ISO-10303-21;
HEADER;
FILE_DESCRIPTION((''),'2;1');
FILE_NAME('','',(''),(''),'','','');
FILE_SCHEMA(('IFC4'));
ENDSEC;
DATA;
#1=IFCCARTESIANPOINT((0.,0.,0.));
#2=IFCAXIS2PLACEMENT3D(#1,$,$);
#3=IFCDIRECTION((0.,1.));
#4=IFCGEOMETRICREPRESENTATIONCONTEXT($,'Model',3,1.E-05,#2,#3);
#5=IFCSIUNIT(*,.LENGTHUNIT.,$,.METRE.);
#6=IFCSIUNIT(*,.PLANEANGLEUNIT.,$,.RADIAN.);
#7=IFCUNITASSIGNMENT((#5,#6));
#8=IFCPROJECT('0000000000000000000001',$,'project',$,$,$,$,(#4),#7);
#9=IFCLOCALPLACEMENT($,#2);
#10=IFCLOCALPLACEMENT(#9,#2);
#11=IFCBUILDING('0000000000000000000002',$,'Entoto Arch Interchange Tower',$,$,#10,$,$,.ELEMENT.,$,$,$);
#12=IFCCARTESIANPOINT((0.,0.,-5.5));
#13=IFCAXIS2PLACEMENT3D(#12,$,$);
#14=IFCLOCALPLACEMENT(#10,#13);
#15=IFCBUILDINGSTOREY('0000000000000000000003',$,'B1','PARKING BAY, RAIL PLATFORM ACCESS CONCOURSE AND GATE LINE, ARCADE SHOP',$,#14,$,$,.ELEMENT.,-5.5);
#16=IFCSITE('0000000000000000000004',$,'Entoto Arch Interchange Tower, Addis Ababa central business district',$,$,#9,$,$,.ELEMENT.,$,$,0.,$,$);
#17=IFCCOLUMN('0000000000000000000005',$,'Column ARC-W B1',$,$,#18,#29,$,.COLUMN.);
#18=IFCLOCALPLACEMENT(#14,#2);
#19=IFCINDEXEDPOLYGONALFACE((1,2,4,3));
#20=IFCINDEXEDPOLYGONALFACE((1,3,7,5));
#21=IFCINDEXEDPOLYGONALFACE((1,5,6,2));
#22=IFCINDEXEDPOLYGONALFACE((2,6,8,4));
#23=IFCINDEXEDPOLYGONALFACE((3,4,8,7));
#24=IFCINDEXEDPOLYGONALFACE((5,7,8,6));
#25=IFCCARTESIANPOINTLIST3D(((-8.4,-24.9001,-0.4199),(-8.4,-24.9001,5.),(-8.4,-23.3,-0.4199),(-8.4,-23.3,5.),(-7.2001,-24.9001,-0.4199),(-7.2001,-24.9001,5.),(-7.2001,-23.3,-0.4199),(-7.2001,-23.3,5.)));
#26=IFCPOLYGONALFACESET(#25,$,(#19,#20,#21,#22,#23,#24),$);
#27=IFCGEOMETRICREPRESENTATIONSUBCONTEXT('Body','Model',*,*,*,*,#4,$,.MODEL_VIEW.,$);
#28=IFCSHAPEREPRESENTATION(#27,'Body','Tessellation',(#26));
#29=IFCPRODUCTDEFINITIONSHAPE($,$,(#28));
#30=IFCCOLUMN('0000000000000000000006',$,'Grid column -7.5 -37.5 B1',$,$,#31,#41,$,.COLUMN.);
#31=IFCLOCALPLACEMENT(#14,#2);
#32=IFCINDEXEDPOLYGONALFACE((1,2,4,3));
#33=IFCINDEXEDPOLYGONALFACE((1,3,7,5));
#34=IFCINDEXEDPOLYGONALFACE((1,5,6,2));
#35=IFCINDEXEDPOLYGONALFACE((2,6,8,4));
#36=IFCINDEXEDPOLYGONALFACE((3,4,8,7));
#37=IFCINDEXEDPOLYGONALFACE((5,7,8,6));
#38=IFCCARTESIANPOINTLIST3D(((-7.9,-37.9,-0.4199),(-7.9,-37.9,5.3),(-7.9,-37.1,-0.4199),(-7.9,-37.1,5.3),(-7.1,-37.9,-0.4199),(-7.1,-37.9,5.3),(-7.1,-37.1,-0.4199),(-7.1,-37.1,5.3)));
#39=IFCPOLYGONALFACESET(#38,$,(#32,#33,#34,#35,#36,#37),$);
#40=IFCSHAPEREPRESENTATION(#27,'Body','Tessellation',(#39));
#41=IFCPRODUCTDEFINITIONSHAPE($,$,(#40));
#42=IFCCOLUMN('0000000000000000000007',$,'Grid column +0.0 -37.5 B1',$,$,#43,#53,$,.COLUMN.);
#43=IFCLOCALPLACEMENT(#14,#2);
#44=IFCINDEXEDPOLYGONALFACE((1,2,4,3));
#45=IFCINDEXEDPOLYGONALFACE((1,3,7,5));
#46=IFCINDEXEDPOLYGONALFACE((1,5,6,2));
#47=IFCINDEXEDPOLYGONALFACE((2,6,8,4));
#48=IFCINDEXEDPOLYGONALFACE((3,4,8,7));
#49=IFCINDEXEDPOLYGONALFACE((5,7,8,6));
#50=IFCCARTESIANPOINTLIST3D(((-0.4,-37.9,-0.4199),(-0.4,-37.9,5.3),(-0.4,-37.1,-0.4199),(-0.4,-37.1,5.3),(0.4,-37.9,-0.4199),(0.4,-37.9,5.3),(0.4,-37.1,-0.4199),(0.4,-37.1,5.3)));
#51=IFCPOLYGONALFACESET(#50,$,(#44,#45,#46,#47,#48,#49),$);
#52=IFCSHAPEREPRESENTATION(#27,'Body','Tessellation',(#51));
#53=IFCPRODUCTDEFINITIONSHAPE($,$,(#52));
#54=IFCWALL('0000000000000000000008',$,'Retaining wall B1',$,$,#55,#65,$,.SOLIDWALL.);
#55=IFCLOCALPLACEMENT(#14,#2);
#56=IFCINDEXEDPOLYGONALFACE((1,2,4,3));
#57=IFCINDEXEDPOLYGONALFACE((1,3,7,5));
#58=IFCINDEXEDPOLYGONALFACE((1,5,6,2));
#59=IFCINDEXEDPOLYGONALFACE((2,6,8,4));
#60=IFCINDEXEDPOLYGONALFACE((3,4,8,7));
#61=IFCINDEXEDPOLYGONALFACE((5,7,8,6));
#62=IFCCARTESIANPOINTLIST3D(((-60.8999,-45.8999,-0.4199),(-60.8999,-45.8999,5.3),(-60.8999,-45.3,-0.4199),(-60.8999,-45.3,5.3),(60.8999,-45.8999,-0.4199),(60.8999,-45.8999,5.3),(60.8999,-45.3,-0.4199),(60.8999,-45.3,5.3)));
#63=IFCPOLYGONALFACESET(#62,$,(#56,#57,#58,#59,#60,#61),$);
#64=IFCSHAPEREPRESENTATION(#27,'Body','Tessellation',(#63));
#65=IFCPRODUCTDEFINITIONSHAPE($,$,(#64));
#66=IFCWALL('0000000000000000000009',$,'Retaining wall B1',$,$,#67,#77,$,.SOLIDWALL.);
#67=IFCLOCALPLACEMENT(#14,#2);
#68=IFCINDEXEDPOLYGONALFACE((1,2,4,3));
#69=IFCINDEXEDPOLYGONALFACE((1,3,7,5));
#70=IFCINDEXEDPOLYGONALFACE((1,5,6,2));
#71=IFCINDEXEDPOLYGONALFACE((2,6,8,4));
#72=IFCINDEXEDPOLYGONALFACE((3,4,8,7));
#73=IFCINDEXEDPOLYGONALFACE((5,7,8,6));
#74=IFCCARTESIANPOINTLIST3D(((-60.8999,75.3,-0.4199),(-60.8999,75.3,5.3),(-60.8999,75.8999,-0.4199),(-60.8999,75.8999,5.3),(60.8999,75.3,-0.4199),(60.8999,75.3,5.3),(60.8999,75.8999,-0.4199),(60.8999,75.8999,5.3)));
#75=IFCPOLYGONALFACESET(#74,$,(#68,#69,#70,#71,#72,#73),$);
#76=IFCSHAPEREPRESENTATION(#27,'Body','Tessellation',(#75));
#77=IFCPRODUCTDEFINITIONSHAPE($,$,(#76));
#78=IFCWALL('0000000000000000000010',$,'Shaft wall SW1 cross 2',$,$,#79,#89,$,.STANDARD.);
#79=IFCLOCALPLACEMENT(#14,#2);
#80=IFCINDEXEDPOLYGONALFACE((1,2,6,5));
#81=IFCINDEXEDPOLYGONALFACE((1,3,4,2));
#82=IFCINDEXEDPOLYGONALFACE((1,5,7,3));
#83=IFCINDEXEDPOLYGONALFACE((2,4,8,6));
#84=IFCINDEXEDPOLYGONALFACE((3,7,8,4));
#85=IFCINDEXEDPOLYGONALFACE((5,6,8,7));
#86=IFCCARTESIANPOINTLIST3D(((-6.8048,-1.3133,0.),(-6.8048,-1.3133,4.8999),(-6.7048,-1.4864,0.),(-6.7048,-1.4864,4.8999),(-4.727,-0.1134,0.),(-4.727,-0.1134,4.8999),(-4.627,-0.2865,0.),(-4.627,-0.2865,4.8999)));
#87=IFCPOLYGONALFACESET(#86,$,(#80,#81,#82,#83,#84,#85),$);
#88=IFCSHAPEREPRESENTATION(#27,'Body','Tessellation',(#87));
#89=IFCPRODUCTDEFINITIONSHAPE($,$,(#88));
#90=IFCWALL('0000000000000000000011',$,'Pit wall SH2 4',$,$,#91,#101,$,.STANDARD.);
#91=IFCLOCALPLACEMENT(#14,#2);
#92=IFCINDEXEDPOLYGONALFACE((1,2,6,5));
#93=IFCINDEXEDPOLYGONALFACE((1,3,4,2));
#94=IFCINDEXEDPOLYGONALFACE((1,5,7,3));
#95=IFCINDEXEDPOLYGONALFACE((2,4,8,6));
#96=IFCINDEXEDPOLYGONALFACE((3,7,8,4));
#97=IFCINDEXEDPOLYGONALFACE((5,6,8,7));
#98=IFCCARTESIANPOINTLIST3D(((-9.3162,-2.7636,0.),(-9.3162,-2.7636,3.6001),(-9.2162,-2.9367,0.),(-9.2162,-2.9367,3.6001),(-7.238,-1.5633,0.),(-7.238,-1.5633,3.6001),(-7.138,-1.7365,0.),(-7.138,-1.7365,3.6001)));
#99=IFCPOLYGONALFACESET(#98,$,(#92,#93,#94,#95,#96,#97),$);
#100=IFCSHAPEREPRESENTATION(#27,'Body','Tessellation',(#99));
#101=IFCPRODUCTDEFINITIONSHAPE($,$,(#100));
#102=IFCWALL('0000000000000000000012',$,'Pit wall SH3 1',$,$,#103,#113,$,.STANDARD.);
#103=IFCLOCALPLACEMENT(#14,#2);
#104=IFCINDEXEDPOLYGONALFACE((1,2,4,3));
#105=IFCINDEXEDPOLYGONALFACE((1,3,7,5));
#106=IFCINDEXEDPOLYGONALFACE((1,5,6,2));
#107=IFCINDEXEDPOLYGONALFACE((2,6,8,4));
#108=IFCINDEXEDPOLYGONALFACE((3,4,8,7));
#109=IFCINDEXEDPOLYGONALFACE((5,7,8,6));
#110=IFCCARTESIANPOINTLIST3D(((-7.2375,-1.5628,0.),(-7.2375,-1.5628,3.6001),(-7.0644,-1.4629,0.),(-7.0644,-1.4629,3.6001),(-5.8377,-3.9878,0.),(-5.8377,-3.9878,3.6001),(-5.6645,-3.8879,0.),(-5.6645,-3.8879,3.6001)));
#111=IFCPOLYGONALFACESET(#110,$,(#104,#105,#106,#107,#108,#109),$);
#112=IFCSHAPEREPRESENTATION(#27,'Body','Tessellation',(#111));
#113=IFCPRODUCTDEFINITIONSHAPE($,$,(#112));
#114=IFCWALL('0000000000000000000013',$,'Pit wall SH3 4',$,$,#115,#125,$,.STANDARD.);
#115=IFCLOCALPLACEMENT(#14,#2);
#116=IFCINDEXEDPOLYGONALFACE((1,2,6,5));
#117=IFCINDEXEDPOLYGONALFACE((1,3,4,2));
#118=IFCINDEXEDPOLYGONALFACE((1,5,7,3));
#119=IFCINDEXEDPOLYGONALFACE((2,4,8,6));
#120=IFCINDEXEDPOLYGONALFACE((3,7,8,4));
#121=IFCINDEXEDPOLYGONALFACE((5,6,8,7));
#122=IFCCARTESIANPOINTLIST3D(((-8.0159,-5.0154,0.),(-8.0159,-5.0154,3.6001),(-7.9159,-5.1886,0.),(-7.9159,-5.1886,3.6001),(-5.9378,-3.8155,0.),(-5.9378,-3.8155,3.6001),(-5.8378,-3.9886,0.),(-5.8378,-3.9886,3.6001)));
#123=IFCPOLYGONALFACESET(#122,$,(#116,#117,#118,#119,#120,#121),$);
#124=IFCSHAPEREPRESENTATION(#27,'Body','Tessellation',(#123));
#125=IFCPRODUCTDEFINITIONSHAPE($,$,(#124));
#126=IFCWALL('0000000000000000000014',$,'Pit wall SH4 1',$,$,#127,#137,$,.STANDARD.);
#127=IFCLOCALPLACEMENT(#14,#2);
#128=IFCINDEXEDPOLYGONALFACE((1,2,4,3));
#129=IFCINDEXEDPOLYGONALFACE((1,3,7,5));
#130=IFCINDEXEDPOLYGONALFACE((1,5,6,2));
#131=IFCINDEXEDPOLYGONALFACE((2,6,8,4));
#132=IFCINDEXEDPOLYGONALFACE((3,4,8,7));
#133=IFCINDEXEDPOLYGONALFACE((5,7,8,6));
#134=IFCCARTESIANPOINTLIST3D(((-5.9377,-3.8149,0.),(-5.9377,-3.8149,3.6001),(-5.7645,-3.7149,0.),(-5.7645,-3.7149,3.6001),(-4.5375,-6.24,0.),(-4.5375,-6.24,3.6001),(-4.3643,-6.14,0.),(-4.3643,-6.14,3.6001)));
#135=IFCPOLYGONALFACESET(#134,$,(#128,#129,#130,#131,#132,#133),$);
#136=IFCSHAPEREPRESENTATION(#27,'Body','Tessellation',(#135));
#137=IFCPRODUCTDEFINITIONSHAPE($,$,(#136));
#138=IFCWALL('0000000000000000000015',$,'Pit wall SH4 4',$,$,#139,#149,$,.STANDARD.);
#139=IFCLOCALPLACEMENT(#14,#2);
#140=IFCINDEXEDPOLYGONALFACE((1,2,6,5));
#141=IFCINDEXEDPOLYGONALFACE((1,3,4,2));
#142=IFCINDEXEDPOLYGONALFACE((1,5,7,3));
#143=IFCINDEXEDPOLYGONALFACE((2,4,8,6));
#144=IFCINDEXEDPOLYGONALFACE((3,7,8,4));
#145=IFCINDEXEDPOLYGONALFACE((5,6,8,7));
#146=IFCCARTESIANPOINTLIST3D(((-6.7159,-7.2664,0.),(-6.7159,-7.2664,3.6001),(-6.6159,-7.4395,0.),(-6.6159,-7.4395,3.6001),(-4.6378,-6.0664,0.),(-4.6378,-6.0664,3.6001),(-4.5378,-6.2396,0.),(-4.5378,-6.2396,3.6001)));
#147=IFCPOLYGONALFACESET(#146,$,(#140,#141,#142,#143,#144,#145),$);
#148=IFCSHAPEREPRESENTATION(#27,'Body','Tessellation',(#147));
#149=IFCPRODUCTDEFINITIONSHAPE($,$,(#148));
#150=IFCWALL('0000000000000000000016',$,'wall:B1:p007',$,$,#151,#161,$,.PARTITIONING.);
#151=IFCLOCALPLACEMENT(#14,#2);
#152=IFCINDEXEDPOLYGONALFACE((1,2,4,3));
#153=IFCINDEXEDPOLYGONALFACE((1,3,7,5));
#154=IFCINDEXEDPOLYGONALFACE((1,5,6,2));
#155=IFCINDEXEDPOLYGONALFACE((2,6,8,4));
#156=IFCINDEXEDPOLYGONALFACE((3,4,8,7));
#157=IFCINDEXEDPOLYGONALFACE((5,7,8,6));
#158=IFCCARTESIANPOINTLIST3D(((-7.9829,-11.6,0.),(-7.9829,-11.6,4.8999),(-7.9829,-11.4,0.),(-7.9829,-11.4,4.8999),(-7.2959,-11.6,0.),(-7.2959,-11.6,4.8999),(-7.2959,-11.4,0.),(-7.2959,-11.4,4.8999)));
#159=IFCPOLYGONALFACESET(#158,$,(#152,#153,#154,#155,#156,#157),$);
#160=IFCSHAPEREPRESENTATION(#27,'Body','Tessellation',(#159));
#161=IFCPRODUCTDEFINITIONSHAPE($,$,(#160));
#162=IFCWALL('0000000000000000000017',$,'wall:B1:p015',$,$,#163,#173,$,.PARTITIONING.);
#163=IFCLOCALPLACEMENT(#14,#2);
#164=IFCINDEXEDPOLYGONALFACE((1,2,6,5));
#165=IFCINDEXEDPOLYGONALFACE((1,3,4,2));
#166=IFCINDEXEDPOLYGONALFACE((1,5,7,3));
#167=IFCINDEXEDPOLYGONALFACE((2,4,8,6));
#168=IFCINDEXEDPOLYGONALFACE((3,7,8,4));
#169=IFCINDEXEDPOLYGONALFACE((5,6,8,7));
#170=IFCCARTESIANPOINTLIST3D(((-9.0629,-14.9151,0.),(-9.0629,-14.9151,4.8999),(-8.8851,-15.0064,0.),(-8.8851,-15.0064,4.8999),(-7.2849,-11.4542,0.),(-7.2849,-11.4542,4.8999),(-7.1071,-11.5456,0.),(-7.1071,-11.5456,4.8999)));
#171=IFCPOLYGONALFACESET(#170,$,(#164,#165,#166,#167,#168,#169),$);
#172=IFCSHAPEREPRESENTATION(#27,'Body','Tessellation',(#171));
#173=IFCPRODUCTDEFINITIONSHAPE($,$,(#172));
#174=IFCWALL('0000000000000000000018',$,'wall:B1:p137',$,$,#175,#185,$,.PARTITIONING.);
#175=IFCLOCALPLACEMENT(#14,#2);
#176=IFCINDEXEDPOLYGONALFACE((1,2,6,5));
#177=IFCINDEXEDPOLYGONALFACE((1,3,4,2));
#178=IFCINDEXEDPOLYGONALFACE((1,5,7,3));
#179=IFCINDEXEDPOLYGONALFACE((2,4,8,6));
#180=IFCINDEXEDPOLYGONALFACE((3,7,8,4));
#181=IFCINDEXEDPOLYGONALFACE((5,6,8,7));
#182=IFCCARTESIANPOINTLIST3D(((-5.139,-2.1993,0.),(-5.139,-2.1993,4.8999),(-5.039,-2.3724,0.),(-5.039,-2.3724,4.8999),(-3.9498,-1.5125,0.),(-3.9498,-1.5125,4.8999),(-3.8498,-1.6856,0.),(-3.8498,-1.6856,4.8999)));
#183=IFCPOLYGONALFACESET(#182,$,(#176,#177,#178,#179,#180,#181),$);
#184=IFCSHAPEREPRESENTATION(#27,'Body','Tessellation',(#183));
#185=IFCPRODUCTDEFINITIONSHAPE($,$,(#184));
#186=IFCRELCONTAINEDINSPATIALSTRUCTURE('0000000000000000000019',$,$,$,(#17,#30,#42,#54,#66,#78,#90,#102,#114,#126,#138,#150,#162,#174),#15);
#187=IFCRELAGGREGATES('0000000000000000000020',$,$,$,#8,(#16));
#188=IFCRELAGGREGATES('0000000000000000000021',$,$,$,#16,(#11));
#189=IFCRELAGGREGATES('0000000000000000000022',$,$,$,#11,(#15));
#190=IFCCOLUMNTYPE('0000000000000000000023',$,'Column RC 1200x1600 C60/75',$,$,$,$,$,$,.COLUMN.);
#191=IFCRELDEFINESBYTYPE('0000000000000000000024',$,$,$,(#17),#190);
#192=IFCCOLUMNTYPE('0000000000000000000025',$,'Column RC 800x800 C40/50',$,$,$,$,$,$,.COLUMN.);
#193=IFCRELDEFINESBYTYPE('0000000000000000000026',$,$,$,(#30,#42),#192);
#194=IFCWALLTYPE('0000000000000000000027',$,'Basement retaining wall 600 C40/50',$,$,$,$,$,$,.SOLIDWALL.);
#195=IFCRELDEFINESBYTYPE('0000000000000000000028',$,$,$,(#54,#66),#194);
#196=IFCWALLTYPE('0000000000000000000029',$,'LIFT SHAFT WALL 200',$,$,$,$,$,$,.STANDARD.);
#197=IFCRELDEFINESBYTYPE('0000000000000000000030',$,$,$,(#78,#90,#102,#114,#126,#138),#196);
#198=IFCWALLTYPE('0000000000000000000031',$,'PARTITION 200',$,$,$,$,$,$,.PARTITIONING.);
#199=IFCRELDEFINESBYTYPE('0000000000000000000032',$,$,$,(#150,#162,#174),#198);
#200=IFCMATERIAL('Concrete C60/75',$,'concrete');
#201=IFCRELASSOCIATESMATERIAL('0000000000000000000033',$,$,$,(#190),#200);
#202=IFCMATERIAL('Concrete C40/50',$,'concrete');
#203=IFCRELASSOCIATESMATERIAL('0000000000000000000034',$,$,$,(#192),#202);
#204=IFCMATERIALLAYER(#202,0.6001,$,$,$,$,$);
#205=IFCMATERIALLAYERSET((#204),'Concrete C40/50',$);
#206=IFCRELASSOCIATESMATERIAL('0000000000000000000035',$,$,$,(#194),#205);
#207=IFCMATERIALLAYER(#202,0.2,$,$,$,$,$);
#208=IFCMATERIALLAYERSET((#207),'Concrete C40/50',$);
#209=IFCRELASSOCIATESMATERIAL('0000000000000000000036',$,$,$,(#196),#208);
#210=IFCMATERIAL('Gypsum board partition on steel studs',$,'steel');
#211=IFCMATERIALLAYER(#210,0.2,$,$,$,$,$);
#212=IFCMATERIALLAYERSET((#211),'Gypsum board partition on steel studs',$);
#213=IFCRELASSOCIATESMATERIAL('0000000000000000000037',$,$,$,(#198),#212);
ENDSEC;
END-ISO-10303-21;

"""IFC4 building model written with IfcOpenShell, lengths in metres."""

from ifc_helpers import new_model, si_unit, direction, frame, frame_2d, origin, origin_2d, place, context, subcontext, project, spatial, polyline, rectangle, outline, extrude, material, layer, layer_set, material_profile, profile_set, type_object, element, save


model = new_model("IFC4")

# Units and contexts
model_context = context("Model", 3, precision=1e-05, world=origin(), true_north=direction((0.0, 1.0)))
body_context = subcontext(model_context, "Body", "Model", "MODEL_VIEW")
ifc_project = project(units=[si_unit("LENGTHUNIT", "METRE"), si_unit("PLANEANGLEUNIT", "RADIAN")], contexts=[model_context])

# Site, building, storey
site_placement = place(None, origin())
site = spatial("IfcSite", under=ifc_project, at=site_placement, Name="Entoto Arch Interchange Tower, Addis Ababa central business district", CompositionType="ELEMENT", RefElevation=0.0)
building_placement = place(site_placement, origin())
building = spatial("IfcBuilding", under=site, at=building_placement, Name="Entoto Arch Interchange Tower", CompositionType="ELEMENT")
storey_placement = place(building_placement, frame((0.0, 0.0, -5.5)))
storey = spatial("IfcBuildingStorey", under=building, at=storey_placement, Name="B1", Description="PARKING BAY, RAIL PLATFORM ACCESS CONCOURSE AND GATE LINE, ARCADE SHOP", CompositionType="ELEMENT", Elevation=-5.5)

# Columns
ifc_material_1 = material(Name="Concrete C60/75", Category="concrete")
ifc_material_profile_1 = material_profile(ifc_material_1, rectangle(XDim=1.2, YDim=1.6001, at=origin_2d()))
ifc_profile_set_1 = profile_set([ifc_material_profile_1], Name="Concrete C60/75")
column_type_1 = type_object("IfcColumnType", Name="Column RC 1200x1600 C60/75", PredefinedType="COLUMN", material=ifc_profile_set_1)
column_placement = place(storey_placement, frame((-7.8, -24.1001, -0.4199), z_axis=(0.0, 0.0, 1.0), x_axis=(1.0, 0.0, 0.0)))
element("IfcColumn", 1, at=column_placement, inside=storey, type_object=column_type_1, Name="Column ARC-W B1", PredefinedType="COLUMN", context=body_context, shape_type="SweptSolid", body=[
    extrude(rectangle(XDim=1.2, YDim=1.6001, at=origin_2d()), origin(), (0.0, 0.0, 1.0), 5.4199),
])
ifc_material_2 = material(Name="Concrete C40/50", Category="concrete")
ifc_material_profile_2 = material_profile(ifc_material_2, rectangle(XDim=0.8, YDim=0.8, at=origin_2d()))
ifc_profile_set_2 = profile_set([ifc_material_profile_2], Name="Concrete C40/50")
column_type_2 = type_object("IfcColumnType", Name="Column RC 800x800 C40/50", PredefinedType="COLUMN", material=ifc_profile_set_2)
for number, where, z_axis, x_axis, name in (
    (2, (-7.5, -37.5, -0.4199), (0.0, 0.0, 1.0), (1.0, 0.0, 0.0), "Grid column -7.5 -37.5 B1"),
    (3, (0.0, -37.5, -0.4199), (0.0, 0.0, 1.0), (1.0, 0.0, 0.0), "Grid column +0.0 -37.5 B1"),
):
    element("IfcColumn", number, at=place(storey_placement, frame(where, z_axis=z_axis, x_axis=x_axis)), inside=storey, type_object=column_type_2, Name=name, PredefinedType="COLUMN", context=body_context, shape_type="SweptSolid", body=[
        extrude(rectangle(XDim=0.8, YDim=0.8, at=origin_2d()), origin(), (0.0, 0.0, 1.0), 5.72),
    ])

# Walls
ifc_layer_1 = layer(ifc_material_2, 0.6001)
ifc_layer_set_1 = layer_set([ifc_layer_1], Name="Concrete C40/50")
wall_type_1 = type_object("IfcWallType", Name="Basement retaining wall 600 C40/50", PredefinedType="SOLIDWALL", material=ifc_layer_set_1)
wall_1_placement = place(storey_placement, frame((0.0, 0.0, -0.4199)))
element("IfcWall", 4, at=wall_1_placement, inside=storey, type_object=wall_type_1, Name="Retaining wall B1", PredefinedType="SOLIDWALL", context=body_context, shape_type="SweptSolid", body=[
    extrude(outline(polyline([(60.8999, -45.8999), (60.8999, -45.3), (-60.8999, -45.3), (-60.8999, -45.8999), (60.8999, -45.8999)])), origin(), (0.0, 0.0, 1.0), 5.72),
])
wall_2_placement = place(storey_placement, frame((0.0, 0.0, -0.4199)))
element("IfcWall", 5, at=wall_2_placement, inside=storey, type_object=wall_type_1, Name="Retaining wall B1", PredefinedType="SOLIDWALL", context=body_context, shape_type="SweptSolid", body=[
    extrude(outline(polyline([(60.8999, 75.3), (60.8999, 75.8999), (-60.8999, 75.8999), (-60.8999, 75.3), (60.8999, 75.3)])), origin(), (0.0, 0.0, 1.0), 5.72),
])
ifc_layer_2 = layer(ifc_material_2, 0.2)
ifc_layer_set_2 = layer_set([ifc_layer_2], Name="Concrete C40/50")
wall_type_2 = type_object("IfcWallType", Name="LIFT SHAFT WALL 200", PredefinedType="STANDARD", material=ifc_layer_set_2)
wall_3_placement = place(storey_placement, frame((-4.677, -0.2, 0.0), z_axis=(0.0, 0.0, 1.0), x_axis=(-0.865974, -0.500089, 0.0)))
element("IfcWall", 6, at=wall_3_placement, inside=storey, type_object=wall_type_2, Name="Shaft wall SW1 cross 2", PredefinedType="STANDARD", context=body_context, shape_type="SweptSolid", body=[
    extrude(rectangle(XDim=2.3994, YDim=0.2, at=frame_2d((1.1997, 0.0))), origin(), (0.0, 0.0, 1.0), 4.8999),
])
wall_4_placement = place(storey_placement, frame((-7.188, -1.6499, 0.0), z_axis=(0.0, 0.0, 1.0), x_axis=(-0.865955, -0.500122, 0.0)))
element("IfcWall", 7, at=wall_4_placement, inside=storey, type_object=wall_type_2, Name="Pit wall SH2 4", PredefinedType="STANDARD", context=body_context, shape_type="SweptSolid", body=[
    extrude(rectangle(XDim=2.3999, YDim=0.2, at=frame_2d((1.2, 0.0))), origin(), (0.0, 0.0, 1.0), 3.6001),
])
wall_5_placement = place(storey_placement, frame((-7.1509, -1.5129, 0.0), z_axis=(0.0, 0.0, 1.0), x_axis=(0.499946, -0.866056, 0.0)))
element("IfcWall", 8, at=wall_5_placement, inside=storey, type_object=wall_type_2, Name="Pit wall SH3 1", PredefinedType="STANDARD", context=body_context, shape_type="SweptSolid", body=[
    extrude(rectangle(XDim=2.8, YDim=0.2, at=frame_2d((1.3999, 0.0))), origin(), (0.0, 0.0, 1.0), 3.6001),
])
wall_6_placement = place(storey_placement, frame((-5.8879, -3.9021, 0.0), z_axis=(0.0, 0.0, 1.0), x_axis=(-0.865999, -0.500045, 0.0)))
element("IfcWall", 9, at=wall_6_placement, inside=storey, type_object=wall_type_2, Name="Pit wall SH3 4", PredefinedType="STANDARD", context=body_context, shape_type="SweptSolid", body=[
    extrude(rectangle(XDim=2.3997, YDim=0.2, at=frame_2d((1.1997, 0.0))), origin(), (0.0, 0.0, 1.0), 3.6001),
])
wall_7_placement = place(storey_placement, frame((-5.8511, -3.7649, 0.0), z_axis=(0.0, 0.0, 1.0), x_axis=(0.500012, -0.866019, 0.0)))
element("IfcWall", 10, at=wall_7_placement, inside=storey, type_object=wall_type_2, Name="Pit wall SH4 1", PredefinedType="STANDARD", context=body_context, shape_type="SweptSolid", body=[
    extrude(rectangle(XDim=2.8003, YDim=0.2, at=frame_2d((1.4001, 0.0))), origin(), (0.0, 0.0, 1.0), 3.6001),
])
wall_8_placement = place(storey_placement, frame((-4.5879, -6.1531, 0.0), z_axis=(0.0, 0.0, 1.0), x_axis=(-0.865999, -0.500045, 0.0)))
element("IfcWall", 11, at=wall_8_placement, inside=storey, type_object=wall_type_2, Name="Pit wall SH4 4", PredefinedType="STANDARD", context=body_context, shape_type="SweptSolid", body=[
    extrude(rectangle(XDim=2.3997, YDim=0.2, at=frame_2d((1.1997, 0.0))), origin(), (0.0, 0.0, 1.0), 3.6001),
])
ifc_material_3 = material(Name="Gypsum board partition on steel studs", Category="steel")
ifc_layer_3 = layer(ifc_material_3, 0.2)
ifc_layer_set_3 = layer_set([ifc_layer_3], Name="Gypsum board partition on steel studs")
wall_type_3 = type_object("IfcWallType", Name="PARTITION 200", PredefinedType="PARTITIONING", material=ifc_layer_set_3)
wall_9_placement = place(storey_placement, frame((-7.2959, -11.5, 0.0), z_axis=(0.0, 0.0, 1.0), x_axis=(-1.0, 0.0, 0.0)))
element("IfcWall", 12, at=wall_9_placement, inside=storey, type_object=wall_type_3, Name="wall:B1:p007", PredefinedType="PARTITIONING", context=body_context, shape_type="SweptSolid", body=[
    extrude(rectangle(XDim=0.687, YDim=0.2, at=frame_2d((0.3435, 0.0))), origin(), (0.0, 0.0, 1.0), 4.8999),
])
wall_10_placement = place(storey_placement, frame((-7.196, -11.5, 0.0), z_axis=(0.0, 0.0, 1.0), x_axis=(-0.456975, -0.889479, 0.0)))
element("IfcWall", 13, at=wall_10_placement, inside=storey, type_object=wall_type_3, Name="wall:B1:p015", PredefinedType="PARTITIONING", context=body_context, shape_type="SweptSolid", body=[
    extrude(rectangle(XDim=3.8909, YDim=0.2, at=frame_2d((1.9453, 0.0))), origin(), (0.0, 0.0, 1.0), 4.8999),
])
wall_11_placement = place(storey_placement, frame((-3.8999, -1.5991, 0.0), z_axis=(0.0, 0.0, 1.0), x_axis=(-0.865969, -0.500097, 0.0)))
element("IfcWall", 14, at=wall_11_placement, inside=storey, type_object=wall_type_3, Name="wall:B1:p137", PredefinedType="PARTITIONING", context=body_context, shape_type="SweptSolid", body=[
    extrude(rectangle(XDim=1.3733, YDim=0.2, at=frame_2d((0.6865, 0.0))), origin(), (0.0, 0.0, 1.0), 4.8999),
])

save(model, "model.ifc")
